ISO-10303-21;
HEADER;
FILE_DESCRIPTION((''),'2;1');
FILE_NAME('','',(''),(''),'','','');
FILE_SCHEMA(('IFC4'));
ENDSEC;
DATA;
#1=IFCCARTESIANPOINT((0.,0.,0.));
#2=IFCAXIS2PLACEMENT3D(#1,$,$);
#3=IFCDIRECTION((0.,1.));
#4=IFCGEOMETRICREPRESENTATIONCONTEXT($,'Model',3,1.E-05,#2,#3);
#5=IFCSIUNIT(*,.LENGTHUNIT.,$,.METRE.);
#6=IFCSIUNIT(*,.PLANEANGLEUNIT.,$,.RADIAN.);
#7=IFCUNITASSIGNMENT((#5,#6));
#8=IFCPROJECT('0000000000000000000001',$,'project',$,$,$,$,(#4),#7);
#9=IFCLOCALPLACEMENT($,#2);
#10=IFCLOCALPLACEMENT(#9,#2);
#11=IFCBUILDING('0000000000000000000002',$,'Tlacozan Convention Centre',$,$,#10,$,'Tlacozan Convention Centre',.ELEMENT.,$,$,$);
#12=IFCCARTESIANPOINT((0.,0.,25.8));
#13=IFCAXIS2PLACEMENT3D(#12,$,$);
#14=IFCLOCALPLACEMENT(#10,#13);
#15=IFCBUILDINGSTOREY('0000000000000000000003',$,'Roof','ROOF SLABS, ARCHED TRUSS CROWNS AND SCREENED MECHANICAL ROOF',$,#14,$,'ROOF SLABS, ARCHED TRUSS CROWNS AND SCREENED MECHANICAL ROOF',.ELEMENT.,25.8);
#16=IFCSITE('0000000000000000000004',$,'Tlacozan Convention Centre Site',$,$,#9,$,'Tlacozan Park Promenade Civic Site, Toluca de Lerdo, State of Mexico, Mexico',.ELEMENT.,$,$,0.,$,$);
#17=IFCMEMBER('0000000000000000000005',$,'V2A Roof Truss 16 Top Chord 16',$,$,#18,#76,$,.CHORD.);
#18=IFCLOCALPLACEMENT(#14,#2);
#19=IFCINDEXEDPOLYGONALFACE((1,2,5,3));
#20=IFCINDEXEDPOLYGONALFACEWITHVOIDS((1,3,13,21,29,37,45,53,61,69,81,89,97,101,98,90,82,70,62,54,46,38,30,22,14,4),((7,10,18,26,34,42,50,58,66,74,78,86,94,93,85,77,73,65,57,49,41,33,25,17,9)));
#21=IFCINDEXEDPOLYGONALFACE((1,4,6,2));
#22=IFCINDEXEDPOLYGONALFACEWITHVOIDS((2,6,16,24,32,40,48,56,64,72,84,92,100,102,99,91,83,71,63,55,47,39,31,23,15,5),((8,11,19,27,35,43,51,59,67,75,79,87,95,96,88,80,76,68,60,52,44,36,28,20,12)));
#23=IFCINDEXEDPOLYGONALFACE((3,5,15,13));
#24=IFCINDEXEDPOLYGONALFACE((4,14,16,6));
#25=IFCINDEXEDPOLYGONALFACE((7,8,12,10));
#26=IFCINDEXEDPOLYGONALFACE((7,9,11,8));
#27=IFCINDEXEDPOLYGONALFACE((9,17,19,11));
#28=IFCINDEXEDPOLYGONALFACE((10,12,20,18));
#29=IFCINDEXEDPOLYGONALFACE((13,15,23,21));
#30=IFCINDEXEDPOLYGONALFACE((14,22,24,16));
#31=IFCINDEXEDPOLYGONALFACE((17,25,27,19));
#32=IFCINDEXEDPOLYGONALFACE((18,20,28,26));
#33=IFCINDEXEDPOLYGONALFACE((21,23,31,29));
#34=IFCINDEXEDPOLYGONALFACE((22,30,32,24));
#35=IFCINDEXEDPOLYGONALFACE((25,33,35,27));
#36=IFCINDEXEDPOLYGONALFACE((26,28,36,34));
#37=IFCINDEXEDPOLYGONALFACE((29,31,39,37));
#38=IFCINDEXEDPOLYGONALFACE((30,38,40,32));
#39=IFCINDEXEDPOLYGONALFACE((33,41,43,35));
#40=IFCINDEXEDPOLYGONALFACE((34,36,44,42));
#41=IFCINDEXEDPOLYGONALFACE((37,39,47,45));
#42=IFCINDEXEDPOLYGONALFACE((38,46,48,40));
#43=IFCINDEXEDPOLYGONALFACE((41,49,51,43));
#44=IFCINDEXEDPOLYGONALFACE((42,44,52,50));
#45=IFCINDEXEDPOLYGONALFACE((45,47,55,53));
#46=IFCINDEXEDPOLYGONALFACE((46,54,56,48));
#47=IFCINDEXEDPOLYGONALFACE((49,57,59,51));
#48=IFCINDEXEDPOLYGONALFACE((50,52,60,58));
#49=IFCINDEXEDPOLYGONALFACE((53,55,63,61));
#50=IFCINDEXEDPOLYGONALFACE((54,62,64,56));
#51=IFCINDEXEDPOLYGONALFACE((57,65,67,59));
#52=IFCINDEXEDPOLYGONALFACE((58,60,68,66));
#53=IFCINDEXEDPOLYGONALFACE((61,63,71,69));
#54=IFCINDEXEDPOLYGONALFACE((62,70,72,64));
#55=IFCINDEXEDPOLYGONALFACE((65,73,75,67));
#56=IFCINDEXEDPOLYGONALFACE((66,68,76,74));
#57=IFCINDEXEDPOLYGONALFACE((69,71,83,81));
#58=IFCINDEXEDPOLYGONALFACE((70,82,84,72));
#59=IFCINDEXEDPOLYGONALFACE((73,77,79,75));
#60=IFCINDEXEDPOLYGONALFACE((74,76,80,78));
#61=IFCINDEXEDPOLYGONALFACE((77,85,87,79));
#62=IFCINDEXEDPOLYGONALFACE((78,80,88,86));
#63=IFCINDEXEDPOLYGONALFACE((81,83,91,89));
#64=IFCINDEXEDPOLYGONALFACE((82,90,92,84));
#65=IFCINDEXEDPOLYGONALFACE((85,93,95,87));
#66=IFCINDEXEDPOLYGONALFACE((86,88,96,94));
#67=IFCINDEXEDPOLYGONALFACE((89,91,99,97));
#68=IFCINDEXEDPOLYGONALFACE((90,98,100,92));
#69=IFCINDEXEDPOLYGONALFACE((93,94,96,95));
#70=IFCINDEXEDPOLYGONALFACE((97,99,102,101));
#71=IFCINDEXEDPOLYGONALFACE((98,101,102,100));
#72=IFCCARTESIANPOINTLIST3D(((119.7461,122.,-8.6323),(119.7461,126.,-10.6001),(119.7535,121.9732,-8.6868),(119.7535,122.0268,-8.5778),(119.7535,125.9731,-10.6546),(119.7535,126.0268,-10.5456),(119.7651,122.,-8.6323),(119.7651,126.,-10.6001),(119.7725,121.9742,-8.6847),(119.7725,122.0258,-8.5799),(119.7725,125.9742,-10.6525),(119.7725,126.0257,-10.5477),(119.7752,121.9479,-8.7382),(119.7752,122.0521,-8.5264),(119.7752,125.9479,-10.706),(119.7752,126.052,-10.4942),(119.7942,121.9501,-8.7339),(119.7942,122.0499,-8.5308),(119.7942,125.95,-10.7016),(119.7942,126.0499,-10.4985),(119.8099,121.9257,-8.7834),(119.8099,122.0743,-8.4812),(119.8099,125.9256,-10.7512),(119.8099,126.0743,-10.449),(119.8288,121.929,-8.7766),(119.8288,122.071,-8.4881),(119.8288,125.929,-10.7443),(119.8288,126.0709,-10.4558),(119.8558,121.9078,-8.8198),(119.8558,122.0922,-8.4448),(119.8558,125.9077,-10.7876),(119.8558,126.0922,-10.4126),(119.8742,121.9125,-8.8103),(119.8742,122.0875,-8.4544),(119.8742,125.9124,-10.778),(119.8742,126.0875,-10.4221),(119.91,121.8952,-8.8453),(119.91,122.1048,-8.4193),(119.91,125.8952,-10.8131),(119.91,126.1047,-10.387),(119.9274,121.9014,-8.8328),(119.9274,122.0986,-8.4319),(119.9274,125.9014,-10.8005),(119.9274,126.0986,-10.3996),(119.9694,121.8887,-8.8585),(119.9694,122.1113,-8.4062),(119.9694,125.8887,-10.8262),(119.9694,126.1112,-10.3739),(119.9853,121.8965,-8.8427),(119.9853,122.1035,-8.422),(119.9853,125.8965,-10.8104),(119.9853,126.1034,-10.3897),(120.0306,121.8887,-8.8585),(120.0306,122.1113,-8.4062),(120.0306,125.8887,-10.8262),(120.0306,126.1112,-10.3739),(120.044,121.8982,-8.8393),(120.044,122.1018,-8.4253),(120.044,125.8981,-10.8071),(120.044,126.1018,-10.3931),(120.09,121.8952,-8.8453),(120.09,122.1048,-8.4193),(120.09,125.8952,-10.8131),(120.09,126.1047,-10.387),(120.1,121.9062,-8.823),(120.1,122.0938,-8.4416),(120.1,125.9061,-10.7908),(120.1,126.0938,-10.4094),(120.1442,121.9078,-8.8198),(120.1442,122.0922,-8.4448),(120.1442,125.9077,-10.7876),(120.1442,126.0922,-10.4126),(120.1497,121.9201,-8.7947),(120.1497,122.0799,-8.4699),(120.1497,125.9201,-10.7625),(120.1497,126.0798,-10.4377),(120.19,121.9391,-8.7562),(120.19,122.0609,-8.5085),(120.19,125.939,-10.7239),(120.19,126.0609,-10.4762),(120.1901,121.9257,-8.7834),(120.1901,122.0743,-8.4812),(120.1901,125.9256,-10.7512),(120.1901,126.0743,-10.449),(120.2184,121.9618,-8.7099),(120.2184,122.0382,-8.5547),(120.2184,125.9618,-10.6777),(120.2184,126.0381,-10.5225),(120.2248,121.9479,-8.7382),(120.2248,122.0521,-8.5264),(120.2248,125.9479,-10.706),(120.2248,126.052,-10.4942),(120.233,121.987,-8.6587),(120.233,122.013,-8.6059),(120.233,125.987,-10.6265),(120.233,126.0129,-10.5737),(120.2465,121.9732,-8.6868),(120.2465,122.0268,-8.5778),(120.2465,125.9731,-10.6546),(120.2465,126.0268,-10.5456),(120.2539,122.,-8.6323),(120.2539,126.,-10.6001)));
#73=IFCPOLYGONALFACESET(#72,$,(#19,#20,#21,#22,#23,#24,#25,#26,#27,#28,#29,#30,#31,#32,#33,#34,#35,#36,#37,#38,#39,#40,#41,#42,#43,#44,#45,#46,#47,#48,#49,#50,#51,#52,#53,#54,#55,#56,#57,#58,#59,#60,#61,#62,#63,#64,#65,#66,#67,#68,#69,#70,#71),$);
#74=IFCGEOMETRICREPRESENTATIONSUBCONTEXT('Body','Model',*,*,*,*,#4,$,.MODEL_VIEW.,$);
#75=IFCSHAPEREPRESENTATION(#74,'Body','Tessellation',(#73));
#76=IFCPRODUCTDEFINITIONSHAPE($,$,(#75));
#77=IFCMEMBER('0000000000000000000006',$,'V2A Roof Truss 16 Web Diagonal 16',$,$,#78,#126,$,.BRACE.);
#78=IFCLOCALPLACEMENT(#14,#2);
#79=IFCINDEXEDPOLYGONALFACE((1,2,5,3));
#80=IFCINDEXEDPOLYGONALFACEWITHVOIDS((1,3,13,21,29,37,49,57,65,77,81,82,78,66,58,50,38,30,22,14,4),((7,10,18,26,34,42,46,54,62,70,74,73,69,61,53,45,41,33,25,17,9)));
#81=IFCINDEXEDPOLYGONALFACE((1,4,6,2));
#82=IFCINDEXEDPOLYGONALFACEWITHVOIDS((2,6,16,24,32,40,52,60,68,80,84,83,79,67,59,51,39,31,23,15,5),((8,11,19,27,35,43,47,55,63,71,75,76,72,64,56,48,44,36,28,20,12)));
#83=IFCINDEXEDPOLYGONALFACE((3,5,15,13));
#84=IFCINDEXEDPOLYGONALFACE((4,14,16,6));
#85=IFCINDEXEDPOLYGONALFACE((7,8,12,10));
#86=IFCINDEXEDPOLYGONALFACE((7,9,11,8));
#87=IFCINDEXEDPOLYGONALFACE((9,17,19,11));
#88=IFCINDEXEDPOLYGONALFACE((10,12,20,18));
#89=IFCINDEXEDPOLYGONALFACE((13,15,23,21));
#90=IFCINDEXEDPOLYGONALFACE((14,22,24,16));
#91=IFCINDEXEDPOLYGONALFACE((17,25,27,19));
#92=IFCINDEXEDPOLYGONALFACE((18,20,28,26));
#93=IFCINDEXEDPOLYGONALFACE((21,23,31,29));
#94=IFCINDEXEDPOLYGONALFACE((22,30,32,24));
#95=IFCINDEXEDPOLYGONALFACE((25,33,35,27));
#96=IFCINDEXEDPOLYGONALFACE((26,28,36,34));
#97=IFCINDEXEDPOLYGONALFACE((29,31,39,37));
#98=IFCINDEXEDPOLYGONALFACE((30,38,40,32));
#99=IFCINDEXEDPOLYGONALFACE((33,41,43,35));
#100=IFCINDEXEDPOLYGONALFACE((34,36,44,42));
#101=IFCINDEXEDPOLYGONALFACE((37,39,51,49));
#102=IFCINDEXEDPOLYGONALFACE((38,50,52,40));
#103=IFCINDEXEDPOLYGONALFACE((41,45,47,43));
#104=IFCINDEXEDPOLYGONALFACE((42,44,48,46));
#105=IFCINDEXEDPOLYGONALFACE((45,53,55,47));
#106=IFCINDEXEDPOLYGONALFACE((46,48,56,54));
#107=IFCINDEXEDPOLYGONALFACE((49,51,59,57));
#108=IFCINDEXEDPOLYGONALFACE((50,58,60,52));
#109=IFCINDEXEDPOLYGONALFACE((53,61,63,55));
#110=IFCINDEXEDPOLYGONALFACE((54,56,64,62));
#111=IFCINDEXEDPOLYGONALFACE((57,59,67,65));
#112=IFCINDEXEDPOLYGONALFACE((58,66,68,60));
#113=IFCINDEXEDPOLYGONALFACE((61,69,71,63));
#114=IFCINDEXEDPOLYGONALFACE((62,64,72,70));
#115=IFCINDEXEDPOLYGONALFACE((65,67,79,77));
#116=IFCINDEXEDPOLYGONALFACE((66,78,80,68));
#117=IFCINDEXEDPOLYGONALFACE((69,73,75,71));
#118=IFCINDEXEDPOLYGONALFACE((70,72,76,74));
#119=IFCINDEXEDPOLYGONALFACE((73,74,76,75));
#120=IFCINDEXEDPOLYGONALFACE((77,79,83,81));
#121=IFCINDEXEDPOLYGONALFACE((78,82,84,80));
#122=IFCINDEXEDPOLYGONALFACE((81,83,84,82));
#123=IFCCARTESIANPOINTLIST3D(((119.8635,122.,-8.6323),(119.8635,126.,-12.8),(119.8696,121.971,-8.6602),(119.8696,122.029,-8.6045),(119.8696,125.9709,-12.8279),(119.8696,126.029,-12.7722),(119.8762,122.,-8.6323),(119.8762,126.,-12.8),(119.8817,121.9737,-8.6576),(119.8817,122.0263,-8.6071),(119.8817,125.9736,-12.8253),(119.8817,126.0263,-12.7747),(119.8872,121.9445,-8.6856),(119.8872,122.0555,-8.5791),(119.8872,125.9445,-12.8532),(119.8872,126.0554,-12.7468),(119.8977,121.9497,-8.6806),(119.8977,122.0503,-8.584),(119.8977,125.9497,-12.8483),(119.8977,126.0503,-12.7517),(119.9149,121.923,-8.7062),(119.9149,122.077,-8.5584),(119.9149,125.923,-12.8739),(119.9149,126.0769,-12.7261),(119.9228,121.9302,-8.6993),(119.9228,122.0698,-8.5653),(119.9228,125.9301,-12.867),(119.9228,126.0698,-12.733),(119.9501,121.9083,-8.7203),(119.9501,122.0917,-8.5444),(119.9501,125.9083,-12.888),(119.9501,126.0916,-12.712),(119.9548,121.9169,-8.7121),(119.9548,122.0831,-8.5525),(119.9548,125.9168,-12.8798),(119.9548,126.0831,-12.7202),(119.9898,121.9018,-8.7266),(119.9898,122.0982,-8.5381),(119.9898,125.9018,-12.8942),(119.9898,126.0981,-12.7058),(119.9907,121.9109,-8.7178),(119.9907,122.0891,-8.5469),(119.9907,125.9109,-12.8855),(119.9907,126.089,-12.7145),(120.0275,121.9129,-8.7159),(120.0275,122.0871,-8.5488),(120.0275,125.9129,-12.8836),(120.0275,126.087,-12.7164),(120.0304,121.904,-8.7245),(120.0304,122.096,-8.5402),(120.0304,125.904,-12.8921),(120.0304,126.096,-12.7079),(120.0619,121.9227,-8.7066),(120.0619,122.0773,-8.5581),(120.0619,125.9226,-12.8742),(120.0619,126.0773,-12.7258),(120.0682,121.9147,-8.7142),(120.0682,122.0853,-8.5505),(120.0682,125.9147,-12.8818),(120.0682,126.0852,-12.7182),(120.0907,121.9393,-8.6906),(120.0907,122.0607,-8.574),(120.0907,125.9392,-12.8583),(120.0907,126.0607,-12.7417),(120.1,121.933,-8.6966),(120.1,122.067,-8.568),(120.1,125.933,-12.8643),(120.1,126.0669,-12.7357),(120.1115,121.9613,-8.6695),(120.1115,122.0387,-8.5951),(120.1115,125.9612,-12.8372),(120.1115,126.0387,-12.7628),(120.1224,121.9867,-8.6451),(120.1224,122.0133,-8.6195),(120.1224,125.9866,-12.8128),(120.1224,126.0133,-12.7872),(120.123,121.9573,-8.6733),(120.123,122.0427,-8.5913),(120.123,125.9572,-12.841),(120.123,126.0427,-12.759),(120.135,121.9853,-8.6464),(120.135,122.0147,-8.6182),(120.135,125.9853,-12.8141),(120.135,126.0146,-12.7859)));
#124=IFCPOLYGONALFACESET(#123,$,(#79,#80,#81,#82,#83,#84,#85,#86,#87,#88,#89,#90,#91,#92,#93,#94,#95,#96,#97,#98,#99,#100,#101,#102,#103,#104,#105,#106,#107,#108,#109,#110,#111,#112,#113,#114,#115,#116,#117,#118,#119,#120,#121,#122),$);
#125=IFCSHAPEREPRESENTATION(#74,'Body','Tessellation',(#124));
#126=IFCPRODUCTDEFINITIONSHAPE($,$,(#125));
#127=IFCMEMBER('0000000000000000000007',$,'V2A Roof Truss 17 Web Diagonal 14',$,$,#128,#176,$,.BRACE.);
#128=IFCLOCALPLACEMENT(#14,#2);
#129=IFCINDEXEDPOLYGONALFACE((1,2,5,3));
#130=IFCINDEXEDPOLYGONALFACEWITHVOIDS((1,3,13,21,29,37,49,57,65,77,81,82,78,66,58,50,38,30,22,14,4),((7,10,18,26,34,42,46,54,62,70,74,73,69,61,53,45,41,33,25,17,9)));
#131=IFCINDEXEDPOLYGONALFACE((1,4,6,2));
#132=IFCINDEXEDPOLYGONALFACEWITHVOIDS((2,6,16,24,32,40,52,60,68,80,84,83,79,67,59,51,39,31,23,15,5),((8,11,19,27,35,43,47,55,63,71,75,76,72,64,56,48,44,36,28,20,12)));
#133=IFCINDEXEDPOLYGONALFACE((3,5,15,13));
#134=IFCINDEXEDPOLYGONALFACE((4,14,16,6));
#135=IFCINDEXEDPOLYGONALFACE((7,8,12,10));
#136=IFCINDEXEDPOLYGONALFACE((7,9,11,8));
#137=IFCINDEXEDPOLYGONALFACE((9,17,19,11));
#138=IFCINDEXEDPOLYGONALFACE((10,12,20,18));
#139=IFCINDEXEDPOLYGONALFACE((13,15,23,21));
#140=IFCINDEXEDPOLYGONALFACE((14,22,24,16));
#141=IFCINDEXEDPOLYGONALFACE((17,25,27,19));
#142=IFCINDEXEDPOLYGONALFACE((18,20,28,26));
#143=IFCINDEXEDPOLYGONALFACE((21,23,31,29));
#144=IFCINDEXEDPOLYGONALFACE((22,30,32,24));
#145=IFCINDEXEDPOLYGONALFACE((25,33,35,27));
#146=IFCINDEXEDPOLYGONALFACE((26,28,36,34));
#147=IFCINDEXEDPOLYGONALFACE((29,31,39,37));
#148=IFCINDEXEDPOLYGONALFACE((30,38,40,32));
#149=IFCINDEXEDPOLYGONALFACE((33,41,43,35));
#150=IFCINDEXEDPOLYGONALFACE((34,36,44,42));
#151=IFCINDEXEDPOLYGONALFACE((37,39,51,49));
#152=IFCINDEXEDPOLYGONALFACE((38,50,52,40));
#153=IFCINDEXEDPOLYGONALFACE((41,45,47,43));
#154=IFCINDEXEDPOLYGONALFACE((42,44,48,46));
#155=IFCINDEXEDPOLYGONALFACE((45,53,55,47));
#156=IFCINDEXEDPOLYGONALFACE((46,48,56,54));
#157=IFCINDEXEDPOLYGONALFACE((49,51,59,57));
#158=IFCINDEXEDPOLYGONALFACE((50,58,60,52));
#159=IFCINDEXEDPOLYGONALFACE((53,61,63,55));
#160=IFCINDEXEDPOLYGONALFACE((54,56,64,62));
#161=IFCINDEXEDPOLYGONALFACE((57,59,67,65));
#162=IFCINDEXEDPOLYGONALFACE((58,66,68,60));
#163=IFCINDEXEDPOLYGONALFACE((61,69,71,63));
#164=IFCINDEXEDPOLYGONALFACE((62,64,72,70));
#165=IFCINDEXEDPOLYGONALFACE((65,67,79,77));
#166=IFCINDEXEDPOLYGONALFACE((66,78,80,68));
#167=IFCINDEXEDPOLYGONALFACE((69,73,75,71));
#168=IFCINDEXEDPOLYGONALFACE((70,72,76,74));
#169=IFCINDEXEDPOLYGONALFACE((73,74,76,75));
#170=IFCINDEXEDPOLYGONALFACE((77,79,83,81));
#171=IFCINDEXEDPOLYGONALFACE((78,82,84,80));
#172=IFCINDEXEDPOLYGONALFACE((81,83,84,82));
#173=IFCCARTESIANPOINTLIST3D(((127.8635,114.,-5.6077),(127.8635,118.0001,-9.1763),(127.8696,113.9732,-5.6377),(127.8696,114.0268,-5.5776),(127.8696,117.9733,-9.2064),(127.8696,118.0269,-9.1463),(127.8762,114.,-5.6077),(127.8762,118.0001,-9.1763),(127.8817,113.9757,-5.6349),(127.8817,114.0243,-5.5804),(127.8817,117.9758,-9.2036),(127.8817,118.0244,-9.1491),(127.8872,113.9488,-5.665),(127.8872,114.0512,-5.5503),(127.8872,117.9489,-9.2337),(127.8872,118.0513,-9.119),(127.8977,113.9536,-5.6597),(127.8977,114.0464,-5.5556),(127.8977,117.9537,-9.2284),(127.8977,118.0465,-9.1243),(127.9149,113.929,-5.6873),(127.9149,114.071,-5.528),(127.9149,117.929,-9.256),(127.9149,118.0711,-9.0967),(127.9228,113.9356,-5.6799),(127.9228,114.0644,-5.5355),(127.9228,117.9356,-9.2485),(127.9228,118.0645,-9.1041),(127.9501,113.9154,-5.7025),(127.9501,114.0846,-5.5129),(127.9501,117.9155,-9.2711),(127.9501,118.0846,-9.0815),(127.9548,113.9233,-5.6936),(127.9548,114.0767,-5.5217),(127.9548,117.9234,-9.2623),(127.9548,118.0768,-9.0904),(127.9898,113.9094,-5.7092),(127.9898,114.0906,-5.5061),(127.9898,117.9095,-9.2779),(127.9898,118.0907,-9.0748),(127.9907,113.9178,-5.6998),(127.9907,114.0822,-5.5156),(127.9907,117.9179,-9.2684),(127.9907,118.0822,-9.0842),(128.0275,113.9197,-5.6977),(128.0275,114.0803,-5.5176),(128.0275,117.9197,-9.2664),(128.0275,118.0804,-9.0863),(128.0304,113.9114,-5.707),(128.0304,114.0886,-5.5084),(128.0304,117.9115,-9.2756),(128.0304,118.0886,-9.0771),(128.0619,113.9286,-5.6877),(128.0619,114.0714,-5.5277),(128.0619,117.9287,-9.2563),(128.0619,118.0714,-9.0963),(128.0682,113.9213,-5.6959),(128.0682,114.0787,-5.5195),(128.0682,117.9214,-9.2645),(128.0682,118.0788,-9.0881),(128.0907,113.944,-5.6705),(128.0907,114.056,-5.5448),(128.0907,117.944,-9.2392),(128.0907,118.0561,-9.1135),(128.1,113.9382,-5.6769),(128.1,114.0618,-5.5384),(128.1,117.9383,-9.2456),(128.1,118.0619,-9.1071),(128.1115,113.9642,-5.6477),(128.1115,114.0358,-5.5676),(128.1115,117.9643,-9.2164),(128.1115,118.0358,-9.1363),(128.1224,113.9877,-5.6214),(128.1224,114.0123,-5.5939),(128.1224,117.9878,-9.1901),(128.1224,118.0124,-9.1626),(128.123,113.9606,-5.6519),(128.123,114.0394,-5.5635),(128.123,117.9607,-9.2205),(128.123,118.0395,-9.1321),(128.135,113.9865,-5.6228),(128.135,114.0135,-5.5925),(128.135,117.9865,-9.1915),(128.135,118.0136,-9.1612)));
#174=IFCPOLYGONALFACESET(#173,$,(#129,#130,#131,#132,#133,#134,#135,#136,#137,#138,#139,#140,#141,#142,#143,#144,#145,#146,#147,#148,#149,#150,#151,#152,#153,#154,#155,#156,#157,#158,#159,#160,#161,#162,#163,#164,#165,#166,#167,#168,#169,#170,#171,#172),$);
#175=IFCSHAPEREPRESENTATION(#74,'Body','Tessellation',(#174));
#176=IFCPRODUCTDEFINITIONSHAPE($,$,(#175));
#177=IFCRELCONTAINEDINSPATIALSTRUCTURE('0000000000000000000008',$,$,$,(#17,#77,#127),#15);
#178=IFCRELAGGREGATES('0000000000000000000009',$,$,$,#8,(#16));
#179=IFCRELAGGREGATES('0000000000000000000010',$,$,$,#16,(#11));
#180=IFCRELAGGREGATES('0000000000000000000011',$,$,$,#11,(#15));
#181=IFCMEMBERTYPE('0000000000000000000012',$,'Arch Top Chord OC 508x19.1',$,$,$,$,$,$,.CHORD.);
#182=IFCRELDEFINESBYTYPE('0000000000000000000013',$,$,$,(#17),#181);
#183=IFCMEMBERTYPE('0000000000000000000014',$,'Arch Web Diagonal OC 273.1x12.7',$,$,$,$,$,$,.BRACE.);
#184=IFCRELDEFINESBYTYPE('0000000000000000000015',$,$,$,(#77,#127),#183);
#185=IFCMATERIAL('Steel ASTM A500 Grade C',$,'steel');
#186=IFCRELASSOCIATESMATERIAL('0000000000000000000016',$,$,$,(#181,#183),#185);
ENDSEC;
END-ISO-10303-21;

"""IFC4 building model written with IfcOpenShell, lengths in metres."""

from ifc_helpers import new_model, si_unit, direction, frame, origin, origin_2d, place, context, subcontext, project, spatial, hollow_circle, extrude, material, material_profile, profile_set, type_object, element, save


model = new_model("IFC4")

# Units and contexts
model_context = context("Model", 3, precision=1e-05, world=origin(), true_north=direction((0.0, 1.0)))
body_context = subcontext(model_context, "Body", "Model", "MODEL_VIEW")
ifc_project = project(units=[si_unit("LENGTHUNIT", "METRE"), si_unit("PLANEANGLEUNIT", "RADIAN")], contexts=[model_context])

# Site, building, storey
site_placement = place(None, origin())
site = spatial("IfcSite", under=ifc_project, at=site_placement, Name="Tlacozan Convention Centre Site", LongName="Tlacozan Park Promenade Civic Site, Toluca de Lerdo, State of Mexico, Mexico", CompositionType="ELEMENT", RefElevation=0.0)
building_placement = place(site_placement, origin())
building = spatial("IfcBuilding", under=site, at=building_placement, Name="Tlacozan Convention Centre", LongName="Tlacozan Convention Centre", CompositionType="ELEMENT")
storey_placement = place(building_placement, frame((0.0, 0.0, 25.8)))
storey = spatial("IfcBuildingStorey", under=building, at=storey_placement, Name="Roof", Description="ROOF SLABS, ARCHED TRUSS CROWNS AND SCREENED MECHANICAL ROOF", LongName="ROOF SLABS, ARCHED TRUSS CROWNS AND SCREENED MECHANICAL ROOF", CompositionType="ELEMENT", Elevation=25.8)

# Members
ifc_material_1 = material(Name="Steel ASTM A500 Grade C", Category="steel")
ifc_material_profile_1 = material_profile(ifc_material_1, hollow_circle(Radius=0.2539, WallThickness=0.019, at=origin_2d()), Name="OC 508.0x19.1")
ifc_profile_set_1 = profile_set([ifc_material_profile_1], Name="Steel ASTM A500 Grade C")
member_type_1 = type_object("IfcMemberType", Name="Arch Top Chord OC 508x19.1", PredefinedType="CHORD", material=ifc_profile_set_1)
member_1_placement = place(storey_placement, frame((120.0, 122.0, -8.6323), z_axis=(0.0, 0.8973, -0.441421), x_axis=(-1.0, 0.0, 0.0)))
element("IfcMember", 1, at=member_1_placement, inside=storey, type_object=member_type_1, Name="V2A Roof Truss 16 Top Chord 16", PredefinedType="CHORD", context=body_context, shape_type="SweptSolid", body=[
    extrude(hollow_circle(Radius=0.2539, WallThickness=0.019, at=origin_2d()), origin(), (0.0, 0.0, 1.0), 4.4578),
])
ifc_material_profile_2 = material_profile(ifc_material_1, hollow_circle(Radius=0.1365, WallThickness=0.0127, at=origin_2d()), Name="OC 273.1x12.7")
ifc_profile_set_2 = profile_set([ifc_material_profile_2], Name="Steel ASTM A500 Grade C")
member_type_2 = type_object("IfcMemberType", Name="Arch Web Diagonal OC 273.1x12.7", PredefinedType="BRACE", material=ifc_profile_set_2)
member_2_placement = place(storey_placement, frame((120.0, 122.0, -8.6323), z_axis=(0.0, 0.69244, -0.721475), x_axis=(-1.0, 0.0, 0.0)))
element("IfcMember", 2, at=member_2_placement, inside=storey, type_object=member_type_2, Name="V2A Roof Truss 16 Web Diagonal 16", PredefinedType="BRACE", context=body_context, shape_type="SweptSolid", body=[
    extrude(hollow_circle(Radius=0.1365, WallThickness=0.0127, at=origin_2d()), origin(), (0.0, 0.0, 1.0), 5.7766),
])
member_3_placement = place(storey_placement, frame((128.0, 114.0, -5.6077), z_axis=(0.0, 0.746199, -0.665722), x_axis=(-1.0, 0.0, 0.0)))
element("IfcMember", 3, at=member_3_placement, inside=storey, type_object=member_type_2, Name="V2A Roof Truss 17 Web Diagonal 14", PredefinedType="BRACE", context=body_context, shape_type="SweptSolid", body=[
    extrude(hollow_circle(Radius=0.1365, WallThickness=0.0127, at=origin_2d()), origin(), (0.0, 0.0, 1.0), 5.3606),
])

save(model, "model.ifc")
